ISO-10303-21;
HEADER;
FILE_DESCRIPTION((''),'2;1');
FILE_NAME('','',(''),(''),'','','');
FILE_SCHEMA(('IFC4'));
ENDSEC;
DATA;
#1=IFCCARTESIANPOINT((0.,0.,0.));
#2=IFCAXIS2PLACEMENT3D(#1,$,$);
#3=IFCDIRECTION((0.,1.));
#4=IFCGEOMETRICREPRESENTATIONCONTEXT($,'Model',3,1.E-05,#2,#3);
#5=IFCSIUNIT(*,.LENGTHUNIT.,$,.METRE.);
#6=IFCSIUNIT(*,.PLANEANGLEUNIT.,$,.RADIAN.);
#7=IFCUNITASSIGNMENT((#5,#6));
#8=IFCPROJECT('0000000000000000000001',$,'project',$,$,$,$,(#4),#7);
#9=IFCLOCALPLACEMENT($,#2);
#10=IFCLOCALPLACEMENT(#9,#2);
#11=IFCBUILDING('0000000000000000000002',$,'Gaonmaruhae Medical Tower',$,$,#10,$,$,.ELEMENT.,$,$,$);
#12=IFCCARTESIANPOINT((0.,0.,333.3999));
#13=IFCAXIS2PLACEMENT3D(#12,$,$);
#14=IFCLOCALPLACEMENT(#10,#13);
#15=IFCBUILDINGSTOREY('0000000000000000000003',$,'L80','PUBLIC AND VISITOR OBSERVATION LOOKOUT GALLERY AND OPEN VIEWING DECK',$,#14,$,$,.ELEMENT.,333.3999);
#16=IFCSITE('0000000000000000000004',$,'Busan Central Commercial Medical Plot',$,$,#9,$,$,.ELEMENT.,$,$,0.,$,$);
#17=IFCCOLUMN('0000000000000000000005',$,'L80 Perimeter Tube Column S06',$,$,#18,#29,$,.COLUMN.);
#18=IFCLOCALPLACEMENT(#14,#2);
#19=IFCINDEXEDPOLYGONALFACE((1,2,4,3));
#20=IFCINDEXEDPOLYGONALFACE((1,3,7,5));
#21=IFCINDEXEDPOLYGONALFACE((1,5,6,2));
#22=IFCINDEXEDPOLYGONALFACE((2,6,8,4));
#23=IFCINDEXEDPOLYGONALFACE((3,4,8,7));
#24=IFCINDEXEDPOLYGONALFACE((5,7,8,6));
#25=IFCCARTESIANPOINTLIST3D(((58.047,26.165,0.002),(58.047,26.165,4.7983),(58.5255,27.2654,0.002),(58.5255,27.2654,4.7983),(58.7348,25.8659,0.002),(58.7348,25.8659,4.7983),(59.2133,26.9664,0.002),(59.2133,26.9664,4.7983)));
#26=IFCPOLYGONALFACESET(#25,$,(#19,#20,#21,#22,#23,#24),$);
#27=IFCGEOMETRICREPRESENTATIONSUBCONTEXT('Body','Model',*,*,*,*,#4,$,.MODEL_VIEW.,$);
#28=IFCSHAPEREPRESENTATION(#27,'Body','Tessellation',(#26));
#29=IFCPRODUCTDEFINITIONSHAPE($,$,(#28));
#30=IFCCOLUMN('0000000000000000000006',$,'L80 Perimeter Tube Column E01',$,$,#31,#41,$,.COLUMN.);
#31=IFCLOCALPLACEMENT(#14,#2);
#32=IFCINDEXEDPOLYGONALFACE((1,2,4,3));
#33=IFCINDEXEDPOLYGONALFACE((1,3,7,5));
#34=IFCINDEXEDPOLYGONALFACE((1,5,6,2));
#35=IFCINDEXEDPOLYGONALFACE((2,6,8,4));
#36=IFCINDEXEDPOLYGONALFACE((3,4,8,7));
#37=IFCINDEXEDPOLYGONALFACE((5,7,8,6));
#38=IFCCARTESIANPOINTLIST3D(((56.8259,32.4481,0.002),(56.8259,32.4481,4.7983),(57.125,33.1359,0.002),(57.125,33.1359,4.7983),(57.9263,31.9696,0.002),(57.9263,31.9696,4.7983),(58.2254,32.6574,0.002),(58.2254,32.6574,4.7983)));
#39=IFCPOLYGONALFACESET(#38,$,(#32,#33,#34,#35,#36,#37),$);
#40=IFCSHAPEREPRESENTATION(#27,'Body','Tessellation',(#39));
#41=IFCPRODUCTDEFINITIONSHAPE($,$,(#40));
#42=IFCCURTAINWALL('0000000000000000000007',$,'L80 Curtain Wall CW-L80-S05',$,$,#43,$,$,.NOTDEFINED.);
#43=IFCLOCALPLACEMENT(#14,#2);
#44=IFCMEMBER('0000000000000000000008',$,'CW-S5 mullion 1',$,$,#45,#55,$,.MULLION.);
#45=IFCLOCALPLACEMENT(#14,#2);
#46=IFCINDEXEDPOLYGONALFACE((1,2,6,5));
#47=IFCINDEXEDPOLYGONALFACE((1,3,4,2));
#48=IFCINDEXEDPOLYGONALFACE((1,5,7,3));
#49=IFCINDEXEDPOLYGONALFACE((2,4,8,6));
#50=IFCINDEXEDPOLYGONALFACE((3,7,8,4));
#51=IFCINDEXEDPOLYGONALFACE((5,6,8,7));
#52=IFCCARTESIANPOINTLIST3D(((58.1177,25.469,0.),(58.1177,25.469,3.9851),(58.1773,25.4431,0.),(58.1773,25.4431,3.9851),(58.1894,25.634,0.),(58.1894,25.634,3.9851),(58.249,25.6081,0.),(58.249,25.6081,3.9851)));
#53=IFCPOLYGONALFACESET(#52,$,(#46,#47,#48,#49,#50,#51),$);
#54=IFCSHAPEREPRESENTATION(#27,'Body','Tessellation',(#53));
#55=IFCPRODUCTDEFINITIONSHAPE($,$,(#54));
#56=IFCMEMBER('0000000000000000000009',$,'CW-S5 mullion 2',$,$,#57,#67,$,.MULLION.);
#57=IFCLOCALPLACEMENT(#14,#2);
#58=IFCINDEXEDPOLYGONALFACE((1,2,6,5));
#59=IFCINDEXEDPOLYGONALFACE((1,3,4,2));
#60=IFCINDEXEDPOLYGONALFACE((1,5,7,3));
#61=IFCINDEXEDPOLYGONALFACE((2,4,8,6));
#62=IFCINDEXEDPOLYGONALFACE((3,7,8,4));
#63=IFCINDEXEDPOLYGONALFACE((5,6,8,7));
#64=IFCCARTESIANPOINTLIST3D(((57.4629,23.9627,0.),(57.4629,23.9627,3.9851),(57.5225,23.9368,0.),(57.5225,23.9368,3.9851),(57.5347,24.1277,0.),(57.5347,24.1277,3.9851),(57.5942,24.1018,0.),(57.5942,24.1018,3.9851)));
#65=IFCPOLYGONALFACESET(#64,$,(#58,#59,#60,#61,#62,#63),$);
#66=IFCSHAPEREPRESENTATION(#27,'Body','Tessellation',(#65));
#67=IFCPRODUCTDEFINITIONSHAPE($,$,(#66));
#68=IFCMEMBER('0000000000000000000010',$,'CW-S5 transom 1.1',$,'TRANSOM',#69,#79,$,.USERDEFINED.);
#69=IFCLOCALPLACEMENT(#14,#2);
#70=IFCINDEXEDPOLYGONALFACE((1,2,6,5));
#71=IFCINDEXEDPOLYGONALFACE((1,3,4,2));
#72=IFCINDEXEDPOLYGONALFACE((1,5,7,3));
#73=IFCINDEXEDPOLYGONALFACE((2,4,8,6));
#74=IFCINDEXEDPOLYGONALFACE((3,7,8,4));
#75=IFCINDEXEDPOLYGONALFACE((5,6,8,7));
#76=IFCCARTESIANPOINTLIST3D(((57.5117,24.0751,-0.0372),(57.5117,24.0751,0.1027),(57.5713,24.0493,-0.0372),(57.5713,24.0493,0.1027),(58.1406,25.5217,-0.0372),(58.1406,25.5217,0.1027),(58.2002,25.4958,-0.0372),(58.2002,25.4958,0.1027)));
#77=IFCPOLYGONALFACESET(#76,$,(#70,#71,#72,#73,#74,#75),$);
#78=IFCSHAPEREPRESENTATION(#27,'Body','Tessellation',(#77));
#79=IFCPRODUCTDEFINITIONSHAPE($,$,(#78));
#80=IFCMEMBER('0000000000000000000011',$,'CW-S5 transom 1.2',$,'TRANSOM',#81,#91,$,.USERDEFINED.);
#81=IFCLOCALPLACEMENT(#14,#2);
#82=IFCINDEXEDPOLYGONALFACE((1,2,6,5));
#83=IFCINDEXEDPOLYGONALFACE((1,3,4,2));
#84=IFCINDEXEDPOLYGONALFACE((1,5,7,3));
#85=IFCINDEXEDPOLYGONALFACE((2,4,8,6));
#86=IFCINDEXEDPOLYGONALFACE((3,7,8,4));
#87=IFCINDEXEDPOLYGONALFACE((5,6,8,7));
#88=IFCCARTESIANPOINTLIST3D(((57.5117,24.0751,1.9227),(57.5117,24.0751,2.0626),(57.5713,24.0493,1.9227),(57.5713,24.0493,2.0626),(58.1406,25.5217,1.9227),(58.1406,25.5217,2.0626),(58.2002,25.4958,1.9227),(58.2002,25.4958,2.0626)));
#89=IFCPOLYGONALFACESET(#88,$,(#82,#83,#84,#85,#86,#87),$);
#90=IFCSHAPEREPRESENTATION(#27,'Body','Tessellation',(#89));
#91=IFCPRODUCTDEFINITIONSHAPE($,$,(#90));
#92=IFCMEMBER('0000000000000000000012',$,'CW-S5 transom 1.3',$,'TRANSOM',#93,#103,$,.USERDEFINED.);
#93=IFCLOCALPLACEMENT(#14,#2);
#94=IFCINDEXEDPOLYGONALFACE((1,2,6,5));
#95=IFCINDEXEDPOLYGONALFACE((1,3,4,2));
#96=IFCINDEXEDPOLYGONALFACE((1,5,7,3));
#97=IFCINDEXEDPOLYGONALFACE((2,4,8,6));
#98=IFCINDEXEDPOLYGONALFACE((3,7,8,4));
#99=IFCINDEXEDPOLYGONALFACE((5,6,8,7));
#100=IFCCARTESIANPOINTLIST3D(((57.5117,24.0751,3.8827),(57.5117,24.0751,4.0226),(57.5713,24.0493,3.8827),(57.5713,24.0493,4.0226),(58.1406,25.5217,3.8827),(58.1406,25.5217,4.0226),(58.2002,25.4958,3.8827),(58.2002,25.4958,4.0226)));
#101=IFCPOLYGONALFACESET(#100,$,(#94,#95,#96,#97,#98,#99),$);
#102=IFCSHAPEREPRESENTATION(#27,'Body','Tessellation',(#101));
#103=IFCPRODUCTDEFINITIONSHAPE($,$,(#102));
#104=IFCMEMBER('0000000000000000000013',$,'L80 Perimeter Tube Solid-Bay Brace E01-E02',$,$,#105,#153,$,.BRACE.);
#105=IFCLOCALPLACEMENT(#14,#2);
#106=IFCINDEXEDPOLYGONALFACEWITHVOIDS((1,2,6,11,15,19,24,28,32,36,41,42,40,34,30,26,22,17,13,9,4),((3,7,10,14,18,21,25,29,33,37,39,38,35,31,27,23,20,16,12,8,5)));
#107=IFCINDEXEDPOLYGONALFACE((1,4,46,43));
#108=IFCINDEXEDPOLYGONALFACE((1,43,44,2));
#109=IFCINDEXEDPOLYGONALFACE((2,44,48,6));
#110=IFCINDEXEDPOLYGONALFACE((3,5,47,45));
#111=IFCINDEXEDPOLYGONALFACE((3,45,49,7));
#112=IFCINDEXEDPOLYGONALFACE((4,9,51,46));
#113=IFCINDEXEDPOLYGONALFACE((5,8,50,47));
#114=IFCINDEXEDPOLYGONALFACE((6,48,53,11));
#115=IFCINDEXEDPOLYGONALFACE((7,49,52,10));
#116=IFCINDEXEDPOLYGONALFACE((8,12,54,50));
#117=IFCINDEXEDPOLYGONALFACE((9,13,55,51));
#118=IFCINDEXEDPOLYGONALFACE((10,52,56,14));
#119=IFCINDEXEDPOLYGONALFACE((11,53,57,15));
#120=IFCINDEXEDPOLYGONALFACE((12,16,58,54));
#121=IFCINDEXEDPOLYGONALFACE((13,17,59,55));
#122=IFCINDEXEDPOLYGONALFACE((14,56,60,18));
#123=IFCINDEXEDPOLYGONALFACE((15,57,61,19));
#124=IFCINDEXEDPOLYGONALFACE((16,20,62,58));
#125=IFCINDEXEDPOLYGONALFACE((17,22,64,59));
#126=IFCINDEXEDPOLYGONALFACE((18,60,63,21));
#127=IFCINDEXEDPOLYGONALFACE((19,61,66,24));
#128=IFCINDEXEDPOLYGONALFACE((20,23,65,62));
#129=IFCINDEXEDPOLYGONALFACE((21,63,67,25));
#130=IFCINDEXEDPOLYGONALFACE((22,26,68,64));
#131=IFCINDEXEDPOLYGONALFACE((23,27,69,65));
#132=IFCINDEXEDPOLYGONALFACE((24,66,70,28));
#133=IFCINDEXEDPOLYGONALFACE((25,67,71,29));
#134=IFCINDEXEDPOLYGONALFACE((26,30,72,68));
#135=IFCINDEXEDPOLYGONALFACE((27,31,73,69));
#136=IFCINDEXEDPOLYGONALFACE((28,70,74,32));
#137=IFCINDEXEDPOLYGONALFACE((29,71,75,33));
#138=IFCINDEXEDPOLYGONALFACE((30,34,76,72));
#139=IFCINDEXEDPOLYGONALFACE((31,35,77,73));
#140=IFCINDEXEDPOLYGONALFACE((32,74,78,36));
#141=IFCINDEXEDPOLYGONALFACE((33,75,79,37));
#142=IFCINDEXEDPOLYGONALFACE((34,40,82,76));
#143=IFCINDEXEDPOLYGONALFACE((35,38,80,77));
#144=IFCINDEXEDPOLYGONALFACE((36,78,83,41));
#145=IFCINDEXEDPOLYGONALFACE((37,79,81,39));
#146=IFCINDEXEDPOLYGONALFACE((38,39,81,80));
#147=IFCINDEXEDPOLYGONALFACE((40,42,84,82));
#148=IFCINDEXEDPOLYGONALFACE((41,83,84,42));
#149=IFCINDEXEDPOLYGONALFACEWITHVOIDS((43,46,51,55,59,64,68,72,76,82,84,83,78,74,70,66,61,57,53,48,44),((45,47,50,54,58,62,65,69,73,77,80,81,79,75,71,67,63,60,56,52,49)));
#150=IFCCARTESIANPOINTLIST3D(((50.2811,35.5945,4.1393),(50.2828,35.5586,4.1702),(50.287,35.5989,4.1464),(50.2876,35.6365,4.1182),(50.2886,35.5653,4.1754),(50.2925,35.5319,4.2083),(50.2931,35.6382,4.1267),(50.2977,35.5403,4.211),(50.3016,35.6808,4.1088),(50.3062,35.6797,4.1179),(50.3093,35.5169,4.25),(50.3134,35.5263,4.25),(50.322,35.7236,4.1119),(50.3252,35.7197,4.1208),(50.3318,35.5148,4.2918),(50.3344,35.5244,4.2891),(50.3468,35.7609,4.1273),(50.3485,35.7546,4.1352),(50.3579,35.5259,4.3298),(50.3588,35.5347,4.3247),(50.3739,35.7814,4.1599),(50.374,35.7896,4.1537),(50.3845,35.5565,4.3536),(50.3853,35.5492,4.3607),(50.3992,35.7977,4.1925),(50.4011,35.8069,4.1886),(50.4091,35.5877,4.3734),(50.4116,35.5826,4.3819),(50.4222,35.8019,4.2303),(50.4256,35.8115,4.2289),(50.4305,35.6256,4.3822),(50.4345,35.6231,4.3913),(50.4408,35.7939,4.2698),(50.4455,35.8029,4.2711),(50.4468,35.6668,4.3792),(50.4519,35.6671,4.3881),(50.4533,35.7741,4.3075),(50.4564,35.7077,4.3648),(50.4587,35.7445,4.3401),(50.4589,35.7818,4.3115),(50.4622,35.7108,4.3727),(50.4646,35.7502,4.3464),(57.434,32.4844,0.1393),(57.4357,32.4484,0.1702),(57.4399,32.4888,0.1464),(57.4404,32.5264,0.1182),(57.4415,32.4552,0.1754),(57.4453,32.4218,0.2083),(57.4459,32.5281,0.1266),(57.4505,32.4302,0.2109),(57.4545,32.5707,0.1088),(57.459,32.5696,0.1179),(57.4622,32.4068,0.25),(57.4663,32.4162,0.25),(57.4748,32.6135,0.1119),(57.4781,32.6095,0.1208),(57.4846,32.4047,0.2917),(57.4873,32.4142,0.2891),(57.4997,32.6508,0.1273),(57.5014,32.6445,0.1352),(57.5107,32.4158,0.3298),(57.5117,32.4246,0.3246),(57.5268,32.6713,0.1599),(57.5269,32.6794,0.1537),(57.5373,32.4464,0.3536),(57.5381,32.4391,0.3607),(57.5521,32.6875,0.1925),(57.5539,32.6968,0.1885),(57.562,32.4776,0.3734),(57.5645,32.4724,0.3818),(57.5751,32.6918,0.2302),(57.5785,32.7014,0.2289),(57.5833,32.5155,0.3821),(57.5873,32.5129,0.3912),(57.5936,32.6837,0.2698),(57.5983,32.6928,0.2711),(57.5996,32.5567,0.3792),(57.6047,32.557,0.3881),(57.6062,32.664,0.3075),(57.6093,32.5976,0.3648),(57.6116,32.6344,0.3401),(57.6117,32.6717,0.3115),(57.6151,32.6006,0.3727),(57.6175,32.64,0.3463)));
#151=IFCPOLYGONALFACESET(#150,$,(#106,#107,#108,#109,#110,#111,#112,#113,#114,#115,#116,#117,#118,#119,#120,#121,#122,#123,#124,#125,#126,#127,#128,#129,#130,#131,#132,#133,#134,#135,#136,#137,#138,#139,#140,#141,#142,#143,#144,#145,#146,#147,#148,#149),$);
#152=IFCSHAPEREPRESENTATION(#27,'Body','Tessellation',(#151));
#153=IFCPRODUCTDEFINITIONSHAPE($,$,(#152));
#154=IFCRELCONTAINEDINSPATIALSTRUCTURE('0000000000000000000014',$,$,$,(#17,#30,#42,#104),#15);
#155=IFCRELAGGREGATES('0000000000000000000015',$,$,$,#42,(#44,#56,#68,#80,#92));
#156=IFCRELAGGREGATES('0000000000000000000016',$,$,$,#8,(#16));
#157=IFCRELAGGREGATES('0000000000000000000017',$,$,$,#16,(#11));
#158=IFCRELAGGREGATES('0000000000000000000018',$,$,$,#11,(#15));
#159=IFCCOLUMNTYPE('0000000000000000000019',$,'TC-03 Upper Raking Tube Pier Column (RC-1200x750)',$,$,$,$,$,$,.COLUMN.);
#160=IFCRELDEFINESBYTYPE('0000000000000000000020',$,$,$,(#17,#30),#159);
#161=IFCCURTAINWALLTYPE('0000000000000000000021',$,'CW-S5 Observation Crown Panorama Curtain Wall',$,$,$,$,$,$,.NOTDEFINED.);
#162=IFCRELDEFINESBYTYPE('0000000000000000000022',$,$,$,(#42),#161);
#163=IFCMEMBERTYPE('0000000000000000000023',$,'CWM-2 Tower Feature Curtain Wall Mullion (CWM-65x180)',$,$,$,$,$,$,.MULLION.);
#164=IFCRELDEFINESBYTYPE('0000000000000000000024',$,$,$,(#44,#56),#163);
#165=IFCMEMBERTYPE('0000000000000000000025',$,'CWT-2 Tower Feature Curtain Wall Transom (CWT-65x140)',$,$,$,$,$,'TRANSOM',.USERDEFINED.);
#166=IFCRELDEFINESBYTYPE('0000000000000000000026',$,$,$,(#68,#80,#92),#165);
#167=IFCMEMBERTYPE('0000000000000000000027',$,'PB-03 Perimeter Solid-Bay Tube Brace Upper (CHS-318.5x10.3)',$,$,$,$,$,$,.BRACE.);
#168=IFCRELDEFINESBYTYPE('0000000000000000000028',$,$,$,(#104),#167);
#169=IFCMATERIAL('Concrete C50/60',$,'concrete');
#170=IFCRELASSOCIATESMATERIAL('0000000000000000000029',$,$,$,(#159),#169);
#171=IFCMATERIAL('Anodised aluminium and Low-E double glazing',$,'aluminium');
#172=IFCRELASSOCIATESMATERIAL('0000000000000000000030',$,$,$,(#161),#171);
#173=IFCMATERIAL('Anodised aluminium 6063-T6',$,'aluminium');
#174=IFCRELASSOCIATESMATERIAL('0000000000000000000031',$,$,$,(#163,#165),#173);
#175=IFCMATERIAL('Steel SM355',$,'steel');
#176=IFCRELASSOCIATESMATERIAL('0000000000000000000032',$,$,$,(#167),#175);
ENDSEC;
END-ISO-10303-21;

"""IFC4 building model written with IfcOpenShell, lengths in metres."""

from ifc_helpers import new_model, si_unit, direction, frame, origin, origin_2d, place, context, subcontext, project, spatial, rectangle, hollow_circle, extrude, material, material_profile, profile_set, type_object, element, aggregate, save


model = new_model("IFC4")

# Units and contexts
model_context = context("Model", 3, precision=1e-05, world=origin(), true_north=direction((0.0, 1.0)))
body_context = subcontext(model_context, "Body", "Model", "MODEL_VIEW")
ifc_project = project(units=[si_unit("LENGTHUNIT", "METRE"), si_unit("PLANEANGLEUNIT", "RADIAN")], contexts=[model_context])

# Site, building, storey
site_placement = place(None, origin())
site = spatial("IfcSite", under=ifc_project, at=site_placement, Name="Busan Central Commercial Medical Plot", CompositionType="ELEMENT", RefElevation=0.0)
building_placement = place(site_placement, origin())
building = spatial("IfcBuilding", under=site, at=building_placement, Name="Gaonmaruhae Medical Tower", CompositionType="ELEMENT")
storey_placement = place(building_placement, frame((0.0, 0.0, 333.3999)))
storey = spatial("IfcBuildingStorey", under=building, at=storey_placement, Name="L80", Description="PUBLIC AND VISITOR OBSERVATION LOOKOUT GALLERY AND OPEN VIEWING DECK", CompositionType="ELEMENT", Elevation=333.3999)

# Columns
ifc_material_1 = material(Name="Concrete C50/60", Category="concrete")
ifc_material_profile_1 = material_profile(ifc_material_1, rectangle(XDim=1.2, YDim=0.75, at=origin_2d()), Name="RC-1200x750")
ifc_profile_set_1 = profile_set([ifc_material_profile_1], Name="Concrete C50/60")
column_type = type_object("IfcColumnType", Name="TC-03 Upper Raking Tube Pier Column (RC-1200x750)", PredefinedType="COLUMN", material=ifc_profile_set_1)
for number, where, z_axis, x_axis, name in (
    (1, (58.6301, 26.5657, 0.002), (0.0, 0.0, 1.0), (0.398749, 0.91706, 0.0), "L80 Perimeter Tube Column S06"),
    (2, (57.5256, 32.5527, 0.002), (0.0, 0.0, 1.0), (-0.91706, 0.398749, 0.0), "L80 Perimeter Tube Column E01"),
):
    element("IfcColumn", number, at=place(storey_placement, frame(where, z_axis=z_axis, x_axis=x_axis)), inside=storey, type_object=column_type, Name=name, PredefinedType="COLUMN", context=body_context, shape_type="SweptSolid", body=[
        extrude(rectangle(XDim=1.2, YDim=0.75, at=origin_2d()), origin(), (0.0, 0.0, 1.0), 4.7964),
    ])

# Curtain wall, members
ifc_material_2 = material(Name="Anodised aluminium and Low-E double glazing", Category="aluminium")
curtain_wall_type = type_object("IfcCurtainWallType", Name="CW-S5 Observation Crown Panorama Curtain Wall", PredefinedType="NOTDEFINED", material=ifc_material_2)
curtain_wall_placement = place(storey_placement, origin())
curtain_wall = element("IfcCurtainWall", 3, at=curtain_wall_placement, inside=storey, type_object=curtain_wall_type, Name="L80 Curtain Wall CW-L80-S05", PredefinedType="NOTDEFINED")
ifc_material_3 = material(Name="Anodised aluminium 6063-T6", Category="aluminium")
ifc_material_profile_2 = material_profile(ifc_material_3, rectangle(XDim=0.0649, YDim=0.1799, at=origin_2d()), Name="CWM-65x180")
ifc_profile_set_2 = profile_set([ifc_material_profile_2], Name="Anodised aluminium 6063-T6")
member_type_1 = type_object("IfcMemberType", Name="CWM-2 Tower Feature Curtain Wall Mullion (CWM-65x180)", PredefinedType="MULLION", material=ifc_profile_set_2)
member_1_placement = place(storey_placement, frame((58.1833, 25.5386, 0.0), z_axis=(0.0, 0.0, 1.0), x_axis=(0.91706, -0.398749, 0.0)))
member_1 = element("IfcMember", 4, at=member_1_placement, type_object=member_type_1, Name="CW-S5 mullion 1", PredefinedType="MULLION", context=body_context, shape_type="SweptSolid", body=[
    extrude(rectangle(XDim=0.0649, YDim=0.1799, at=origin_2d()), origin(), (0.0, 0.0, 1.0), 3.9851),
])
member_2_placement = place(storey_placement, frame((57.5286, 24.0322, 0.0), z_axis=(0.0, 0.0, 1.0), x_axis=(0.91706, -0.398749, 0.0)))
member_2 = element("IfcMember", 5, at=member_2_placement, type_object=member_type_1, Name="CW-S5 mullion 2", PredefinedType="MULLION", context=body_context, shape_type="SweptSolid", body=[
    extrude(rectangle(XDim=0.0649, YDim=0.1799, at=origin_2d()), origin(), (0.0, 0.0, 1.0), 3.9851),
])
ifc_material_profile_3 = material_profile(ifc_material_3, rectangle(XDim=0.0649, YDim=0.1399, at=origin_2d()), Name="CWT-65x140")
ifc_profile_set_3 = profile_set([ifc_material_profile_3], Name="Anodised aluminium 6063-T6")
member_type_2 = type_object("IfcMemberType", Name="CWT-2 Tower Feature Curtain Wall Transom (CWT-65x140)", ElementType="TRANSOM", PredefinedType="USERDEFINED", material=ifc_profile_set_3)
member_3_placement = place(storey_placement, frame((58.1704, 25.5088, 0.0327), z_axis=(-0.398715, -0.917075, 0.0), x_axis=(0.917075, -0.398715, 0.0)))
member_3 = element("IfcMember", 6, at=member_3_placement, type_object=member_type_2, Name="CW-S5 transom 1.1", ObjectType="TRANSOM", PredefinedType="USERDEFINED", context=body_context, shape_type="SweptSolid", body=[
    extrude(rectangle(XDim=0.0649, YDim=0.1399, at=origin_2d()), origin(), (0.0, 0.0, 1.0), 1.5774),
])
member_4_placement = place(storey_placement, frame((58.1704, 25.5088, 1.9927), z_axis=(-0.398715, -0.917075, 0.0), x_axis=(0.917075, -0.398715, 0.0)))
member_4 = element("IfcMember", 7, at=member_4_placement, type_object=member_type_2, Name="CW-S5 transom 1.2", ObjectType="TRANSOM", PredefinedType="USERDEFINED", context=body_context, shape_type="SweptSolid", body=[
    extrude(rectangle(XDim=0.0649, YDim=0.1399, at=origin_2d()), origin(), (0.0, 0.0, 1.0), 1.5774),
])
member_5_placement = place(storey_placement, frame((58.1704, 25.5088, 3.9526), z_axis=(-0.398715, -0.917075, 0.0), x_axis=(0.917075, -0.398715, 0.0)))
member_5 = element("IfcMember", 8, at=member_5_placement, type_object=member_type_2, Name="CW-S5 transom 1.3", ObjectType="TRANSOM", PredefinedType="USERDEFINED", context=body_context, shape_type="SweptSolid", body=[
    extrude(rectangle(XDim=0.0649, YDim=0.1399, at=origin_2d()), origin(), (0.0, 0.0, 1.0), 1.5774),
])

# Member
ifc_material_4 = material(Name="Steel SM355", Category="steel")
ifc_material_profile_4 = material_profile(ifc_material_4, hollow_circle(Radius=0.1592, WallThickness=0.0103, at=origin_2d()), Name="CHS-318.5x10.3")
ifc_profile_set_4 = profile_set([ifc_material_profile_4], Name="Steel SM355")
member_type_3 = type_object("IfcMemberType", Name="PB-03 Perimeter Solid-Bay Tube Brace Upper (CHS-318.5x10.3)", PredefinedType="BRACE", material=ifc_profile_set_4)
member_6_placement = place(storey_placement, frame((57.5256, 32.5527, 0.25), z_axis=(-0.816012, 0.354808, 0.456329), x_axis=(-0.398746, -0.917062, 0.0)))
element("IfcMember", 9, at=member_6_placement, inside=storey, type_object=member_type_3, Name="L80 Perimeter Tube Solid-Bay Brace E01-E02", PredefinedType="BRACE", context=body_context, shape_type="SweptSolid", body=[
    extrude(hollow_circle(Radius=0.1592, WallThickness=0.0103, at=origin_2d()), origin(), (0.0, 0.0, 1.0), 8.7656),
])

aggregate(curtain_wall, [member_1, member_2, member_3, member_4, member_5])

save(model, "model.ifc")
